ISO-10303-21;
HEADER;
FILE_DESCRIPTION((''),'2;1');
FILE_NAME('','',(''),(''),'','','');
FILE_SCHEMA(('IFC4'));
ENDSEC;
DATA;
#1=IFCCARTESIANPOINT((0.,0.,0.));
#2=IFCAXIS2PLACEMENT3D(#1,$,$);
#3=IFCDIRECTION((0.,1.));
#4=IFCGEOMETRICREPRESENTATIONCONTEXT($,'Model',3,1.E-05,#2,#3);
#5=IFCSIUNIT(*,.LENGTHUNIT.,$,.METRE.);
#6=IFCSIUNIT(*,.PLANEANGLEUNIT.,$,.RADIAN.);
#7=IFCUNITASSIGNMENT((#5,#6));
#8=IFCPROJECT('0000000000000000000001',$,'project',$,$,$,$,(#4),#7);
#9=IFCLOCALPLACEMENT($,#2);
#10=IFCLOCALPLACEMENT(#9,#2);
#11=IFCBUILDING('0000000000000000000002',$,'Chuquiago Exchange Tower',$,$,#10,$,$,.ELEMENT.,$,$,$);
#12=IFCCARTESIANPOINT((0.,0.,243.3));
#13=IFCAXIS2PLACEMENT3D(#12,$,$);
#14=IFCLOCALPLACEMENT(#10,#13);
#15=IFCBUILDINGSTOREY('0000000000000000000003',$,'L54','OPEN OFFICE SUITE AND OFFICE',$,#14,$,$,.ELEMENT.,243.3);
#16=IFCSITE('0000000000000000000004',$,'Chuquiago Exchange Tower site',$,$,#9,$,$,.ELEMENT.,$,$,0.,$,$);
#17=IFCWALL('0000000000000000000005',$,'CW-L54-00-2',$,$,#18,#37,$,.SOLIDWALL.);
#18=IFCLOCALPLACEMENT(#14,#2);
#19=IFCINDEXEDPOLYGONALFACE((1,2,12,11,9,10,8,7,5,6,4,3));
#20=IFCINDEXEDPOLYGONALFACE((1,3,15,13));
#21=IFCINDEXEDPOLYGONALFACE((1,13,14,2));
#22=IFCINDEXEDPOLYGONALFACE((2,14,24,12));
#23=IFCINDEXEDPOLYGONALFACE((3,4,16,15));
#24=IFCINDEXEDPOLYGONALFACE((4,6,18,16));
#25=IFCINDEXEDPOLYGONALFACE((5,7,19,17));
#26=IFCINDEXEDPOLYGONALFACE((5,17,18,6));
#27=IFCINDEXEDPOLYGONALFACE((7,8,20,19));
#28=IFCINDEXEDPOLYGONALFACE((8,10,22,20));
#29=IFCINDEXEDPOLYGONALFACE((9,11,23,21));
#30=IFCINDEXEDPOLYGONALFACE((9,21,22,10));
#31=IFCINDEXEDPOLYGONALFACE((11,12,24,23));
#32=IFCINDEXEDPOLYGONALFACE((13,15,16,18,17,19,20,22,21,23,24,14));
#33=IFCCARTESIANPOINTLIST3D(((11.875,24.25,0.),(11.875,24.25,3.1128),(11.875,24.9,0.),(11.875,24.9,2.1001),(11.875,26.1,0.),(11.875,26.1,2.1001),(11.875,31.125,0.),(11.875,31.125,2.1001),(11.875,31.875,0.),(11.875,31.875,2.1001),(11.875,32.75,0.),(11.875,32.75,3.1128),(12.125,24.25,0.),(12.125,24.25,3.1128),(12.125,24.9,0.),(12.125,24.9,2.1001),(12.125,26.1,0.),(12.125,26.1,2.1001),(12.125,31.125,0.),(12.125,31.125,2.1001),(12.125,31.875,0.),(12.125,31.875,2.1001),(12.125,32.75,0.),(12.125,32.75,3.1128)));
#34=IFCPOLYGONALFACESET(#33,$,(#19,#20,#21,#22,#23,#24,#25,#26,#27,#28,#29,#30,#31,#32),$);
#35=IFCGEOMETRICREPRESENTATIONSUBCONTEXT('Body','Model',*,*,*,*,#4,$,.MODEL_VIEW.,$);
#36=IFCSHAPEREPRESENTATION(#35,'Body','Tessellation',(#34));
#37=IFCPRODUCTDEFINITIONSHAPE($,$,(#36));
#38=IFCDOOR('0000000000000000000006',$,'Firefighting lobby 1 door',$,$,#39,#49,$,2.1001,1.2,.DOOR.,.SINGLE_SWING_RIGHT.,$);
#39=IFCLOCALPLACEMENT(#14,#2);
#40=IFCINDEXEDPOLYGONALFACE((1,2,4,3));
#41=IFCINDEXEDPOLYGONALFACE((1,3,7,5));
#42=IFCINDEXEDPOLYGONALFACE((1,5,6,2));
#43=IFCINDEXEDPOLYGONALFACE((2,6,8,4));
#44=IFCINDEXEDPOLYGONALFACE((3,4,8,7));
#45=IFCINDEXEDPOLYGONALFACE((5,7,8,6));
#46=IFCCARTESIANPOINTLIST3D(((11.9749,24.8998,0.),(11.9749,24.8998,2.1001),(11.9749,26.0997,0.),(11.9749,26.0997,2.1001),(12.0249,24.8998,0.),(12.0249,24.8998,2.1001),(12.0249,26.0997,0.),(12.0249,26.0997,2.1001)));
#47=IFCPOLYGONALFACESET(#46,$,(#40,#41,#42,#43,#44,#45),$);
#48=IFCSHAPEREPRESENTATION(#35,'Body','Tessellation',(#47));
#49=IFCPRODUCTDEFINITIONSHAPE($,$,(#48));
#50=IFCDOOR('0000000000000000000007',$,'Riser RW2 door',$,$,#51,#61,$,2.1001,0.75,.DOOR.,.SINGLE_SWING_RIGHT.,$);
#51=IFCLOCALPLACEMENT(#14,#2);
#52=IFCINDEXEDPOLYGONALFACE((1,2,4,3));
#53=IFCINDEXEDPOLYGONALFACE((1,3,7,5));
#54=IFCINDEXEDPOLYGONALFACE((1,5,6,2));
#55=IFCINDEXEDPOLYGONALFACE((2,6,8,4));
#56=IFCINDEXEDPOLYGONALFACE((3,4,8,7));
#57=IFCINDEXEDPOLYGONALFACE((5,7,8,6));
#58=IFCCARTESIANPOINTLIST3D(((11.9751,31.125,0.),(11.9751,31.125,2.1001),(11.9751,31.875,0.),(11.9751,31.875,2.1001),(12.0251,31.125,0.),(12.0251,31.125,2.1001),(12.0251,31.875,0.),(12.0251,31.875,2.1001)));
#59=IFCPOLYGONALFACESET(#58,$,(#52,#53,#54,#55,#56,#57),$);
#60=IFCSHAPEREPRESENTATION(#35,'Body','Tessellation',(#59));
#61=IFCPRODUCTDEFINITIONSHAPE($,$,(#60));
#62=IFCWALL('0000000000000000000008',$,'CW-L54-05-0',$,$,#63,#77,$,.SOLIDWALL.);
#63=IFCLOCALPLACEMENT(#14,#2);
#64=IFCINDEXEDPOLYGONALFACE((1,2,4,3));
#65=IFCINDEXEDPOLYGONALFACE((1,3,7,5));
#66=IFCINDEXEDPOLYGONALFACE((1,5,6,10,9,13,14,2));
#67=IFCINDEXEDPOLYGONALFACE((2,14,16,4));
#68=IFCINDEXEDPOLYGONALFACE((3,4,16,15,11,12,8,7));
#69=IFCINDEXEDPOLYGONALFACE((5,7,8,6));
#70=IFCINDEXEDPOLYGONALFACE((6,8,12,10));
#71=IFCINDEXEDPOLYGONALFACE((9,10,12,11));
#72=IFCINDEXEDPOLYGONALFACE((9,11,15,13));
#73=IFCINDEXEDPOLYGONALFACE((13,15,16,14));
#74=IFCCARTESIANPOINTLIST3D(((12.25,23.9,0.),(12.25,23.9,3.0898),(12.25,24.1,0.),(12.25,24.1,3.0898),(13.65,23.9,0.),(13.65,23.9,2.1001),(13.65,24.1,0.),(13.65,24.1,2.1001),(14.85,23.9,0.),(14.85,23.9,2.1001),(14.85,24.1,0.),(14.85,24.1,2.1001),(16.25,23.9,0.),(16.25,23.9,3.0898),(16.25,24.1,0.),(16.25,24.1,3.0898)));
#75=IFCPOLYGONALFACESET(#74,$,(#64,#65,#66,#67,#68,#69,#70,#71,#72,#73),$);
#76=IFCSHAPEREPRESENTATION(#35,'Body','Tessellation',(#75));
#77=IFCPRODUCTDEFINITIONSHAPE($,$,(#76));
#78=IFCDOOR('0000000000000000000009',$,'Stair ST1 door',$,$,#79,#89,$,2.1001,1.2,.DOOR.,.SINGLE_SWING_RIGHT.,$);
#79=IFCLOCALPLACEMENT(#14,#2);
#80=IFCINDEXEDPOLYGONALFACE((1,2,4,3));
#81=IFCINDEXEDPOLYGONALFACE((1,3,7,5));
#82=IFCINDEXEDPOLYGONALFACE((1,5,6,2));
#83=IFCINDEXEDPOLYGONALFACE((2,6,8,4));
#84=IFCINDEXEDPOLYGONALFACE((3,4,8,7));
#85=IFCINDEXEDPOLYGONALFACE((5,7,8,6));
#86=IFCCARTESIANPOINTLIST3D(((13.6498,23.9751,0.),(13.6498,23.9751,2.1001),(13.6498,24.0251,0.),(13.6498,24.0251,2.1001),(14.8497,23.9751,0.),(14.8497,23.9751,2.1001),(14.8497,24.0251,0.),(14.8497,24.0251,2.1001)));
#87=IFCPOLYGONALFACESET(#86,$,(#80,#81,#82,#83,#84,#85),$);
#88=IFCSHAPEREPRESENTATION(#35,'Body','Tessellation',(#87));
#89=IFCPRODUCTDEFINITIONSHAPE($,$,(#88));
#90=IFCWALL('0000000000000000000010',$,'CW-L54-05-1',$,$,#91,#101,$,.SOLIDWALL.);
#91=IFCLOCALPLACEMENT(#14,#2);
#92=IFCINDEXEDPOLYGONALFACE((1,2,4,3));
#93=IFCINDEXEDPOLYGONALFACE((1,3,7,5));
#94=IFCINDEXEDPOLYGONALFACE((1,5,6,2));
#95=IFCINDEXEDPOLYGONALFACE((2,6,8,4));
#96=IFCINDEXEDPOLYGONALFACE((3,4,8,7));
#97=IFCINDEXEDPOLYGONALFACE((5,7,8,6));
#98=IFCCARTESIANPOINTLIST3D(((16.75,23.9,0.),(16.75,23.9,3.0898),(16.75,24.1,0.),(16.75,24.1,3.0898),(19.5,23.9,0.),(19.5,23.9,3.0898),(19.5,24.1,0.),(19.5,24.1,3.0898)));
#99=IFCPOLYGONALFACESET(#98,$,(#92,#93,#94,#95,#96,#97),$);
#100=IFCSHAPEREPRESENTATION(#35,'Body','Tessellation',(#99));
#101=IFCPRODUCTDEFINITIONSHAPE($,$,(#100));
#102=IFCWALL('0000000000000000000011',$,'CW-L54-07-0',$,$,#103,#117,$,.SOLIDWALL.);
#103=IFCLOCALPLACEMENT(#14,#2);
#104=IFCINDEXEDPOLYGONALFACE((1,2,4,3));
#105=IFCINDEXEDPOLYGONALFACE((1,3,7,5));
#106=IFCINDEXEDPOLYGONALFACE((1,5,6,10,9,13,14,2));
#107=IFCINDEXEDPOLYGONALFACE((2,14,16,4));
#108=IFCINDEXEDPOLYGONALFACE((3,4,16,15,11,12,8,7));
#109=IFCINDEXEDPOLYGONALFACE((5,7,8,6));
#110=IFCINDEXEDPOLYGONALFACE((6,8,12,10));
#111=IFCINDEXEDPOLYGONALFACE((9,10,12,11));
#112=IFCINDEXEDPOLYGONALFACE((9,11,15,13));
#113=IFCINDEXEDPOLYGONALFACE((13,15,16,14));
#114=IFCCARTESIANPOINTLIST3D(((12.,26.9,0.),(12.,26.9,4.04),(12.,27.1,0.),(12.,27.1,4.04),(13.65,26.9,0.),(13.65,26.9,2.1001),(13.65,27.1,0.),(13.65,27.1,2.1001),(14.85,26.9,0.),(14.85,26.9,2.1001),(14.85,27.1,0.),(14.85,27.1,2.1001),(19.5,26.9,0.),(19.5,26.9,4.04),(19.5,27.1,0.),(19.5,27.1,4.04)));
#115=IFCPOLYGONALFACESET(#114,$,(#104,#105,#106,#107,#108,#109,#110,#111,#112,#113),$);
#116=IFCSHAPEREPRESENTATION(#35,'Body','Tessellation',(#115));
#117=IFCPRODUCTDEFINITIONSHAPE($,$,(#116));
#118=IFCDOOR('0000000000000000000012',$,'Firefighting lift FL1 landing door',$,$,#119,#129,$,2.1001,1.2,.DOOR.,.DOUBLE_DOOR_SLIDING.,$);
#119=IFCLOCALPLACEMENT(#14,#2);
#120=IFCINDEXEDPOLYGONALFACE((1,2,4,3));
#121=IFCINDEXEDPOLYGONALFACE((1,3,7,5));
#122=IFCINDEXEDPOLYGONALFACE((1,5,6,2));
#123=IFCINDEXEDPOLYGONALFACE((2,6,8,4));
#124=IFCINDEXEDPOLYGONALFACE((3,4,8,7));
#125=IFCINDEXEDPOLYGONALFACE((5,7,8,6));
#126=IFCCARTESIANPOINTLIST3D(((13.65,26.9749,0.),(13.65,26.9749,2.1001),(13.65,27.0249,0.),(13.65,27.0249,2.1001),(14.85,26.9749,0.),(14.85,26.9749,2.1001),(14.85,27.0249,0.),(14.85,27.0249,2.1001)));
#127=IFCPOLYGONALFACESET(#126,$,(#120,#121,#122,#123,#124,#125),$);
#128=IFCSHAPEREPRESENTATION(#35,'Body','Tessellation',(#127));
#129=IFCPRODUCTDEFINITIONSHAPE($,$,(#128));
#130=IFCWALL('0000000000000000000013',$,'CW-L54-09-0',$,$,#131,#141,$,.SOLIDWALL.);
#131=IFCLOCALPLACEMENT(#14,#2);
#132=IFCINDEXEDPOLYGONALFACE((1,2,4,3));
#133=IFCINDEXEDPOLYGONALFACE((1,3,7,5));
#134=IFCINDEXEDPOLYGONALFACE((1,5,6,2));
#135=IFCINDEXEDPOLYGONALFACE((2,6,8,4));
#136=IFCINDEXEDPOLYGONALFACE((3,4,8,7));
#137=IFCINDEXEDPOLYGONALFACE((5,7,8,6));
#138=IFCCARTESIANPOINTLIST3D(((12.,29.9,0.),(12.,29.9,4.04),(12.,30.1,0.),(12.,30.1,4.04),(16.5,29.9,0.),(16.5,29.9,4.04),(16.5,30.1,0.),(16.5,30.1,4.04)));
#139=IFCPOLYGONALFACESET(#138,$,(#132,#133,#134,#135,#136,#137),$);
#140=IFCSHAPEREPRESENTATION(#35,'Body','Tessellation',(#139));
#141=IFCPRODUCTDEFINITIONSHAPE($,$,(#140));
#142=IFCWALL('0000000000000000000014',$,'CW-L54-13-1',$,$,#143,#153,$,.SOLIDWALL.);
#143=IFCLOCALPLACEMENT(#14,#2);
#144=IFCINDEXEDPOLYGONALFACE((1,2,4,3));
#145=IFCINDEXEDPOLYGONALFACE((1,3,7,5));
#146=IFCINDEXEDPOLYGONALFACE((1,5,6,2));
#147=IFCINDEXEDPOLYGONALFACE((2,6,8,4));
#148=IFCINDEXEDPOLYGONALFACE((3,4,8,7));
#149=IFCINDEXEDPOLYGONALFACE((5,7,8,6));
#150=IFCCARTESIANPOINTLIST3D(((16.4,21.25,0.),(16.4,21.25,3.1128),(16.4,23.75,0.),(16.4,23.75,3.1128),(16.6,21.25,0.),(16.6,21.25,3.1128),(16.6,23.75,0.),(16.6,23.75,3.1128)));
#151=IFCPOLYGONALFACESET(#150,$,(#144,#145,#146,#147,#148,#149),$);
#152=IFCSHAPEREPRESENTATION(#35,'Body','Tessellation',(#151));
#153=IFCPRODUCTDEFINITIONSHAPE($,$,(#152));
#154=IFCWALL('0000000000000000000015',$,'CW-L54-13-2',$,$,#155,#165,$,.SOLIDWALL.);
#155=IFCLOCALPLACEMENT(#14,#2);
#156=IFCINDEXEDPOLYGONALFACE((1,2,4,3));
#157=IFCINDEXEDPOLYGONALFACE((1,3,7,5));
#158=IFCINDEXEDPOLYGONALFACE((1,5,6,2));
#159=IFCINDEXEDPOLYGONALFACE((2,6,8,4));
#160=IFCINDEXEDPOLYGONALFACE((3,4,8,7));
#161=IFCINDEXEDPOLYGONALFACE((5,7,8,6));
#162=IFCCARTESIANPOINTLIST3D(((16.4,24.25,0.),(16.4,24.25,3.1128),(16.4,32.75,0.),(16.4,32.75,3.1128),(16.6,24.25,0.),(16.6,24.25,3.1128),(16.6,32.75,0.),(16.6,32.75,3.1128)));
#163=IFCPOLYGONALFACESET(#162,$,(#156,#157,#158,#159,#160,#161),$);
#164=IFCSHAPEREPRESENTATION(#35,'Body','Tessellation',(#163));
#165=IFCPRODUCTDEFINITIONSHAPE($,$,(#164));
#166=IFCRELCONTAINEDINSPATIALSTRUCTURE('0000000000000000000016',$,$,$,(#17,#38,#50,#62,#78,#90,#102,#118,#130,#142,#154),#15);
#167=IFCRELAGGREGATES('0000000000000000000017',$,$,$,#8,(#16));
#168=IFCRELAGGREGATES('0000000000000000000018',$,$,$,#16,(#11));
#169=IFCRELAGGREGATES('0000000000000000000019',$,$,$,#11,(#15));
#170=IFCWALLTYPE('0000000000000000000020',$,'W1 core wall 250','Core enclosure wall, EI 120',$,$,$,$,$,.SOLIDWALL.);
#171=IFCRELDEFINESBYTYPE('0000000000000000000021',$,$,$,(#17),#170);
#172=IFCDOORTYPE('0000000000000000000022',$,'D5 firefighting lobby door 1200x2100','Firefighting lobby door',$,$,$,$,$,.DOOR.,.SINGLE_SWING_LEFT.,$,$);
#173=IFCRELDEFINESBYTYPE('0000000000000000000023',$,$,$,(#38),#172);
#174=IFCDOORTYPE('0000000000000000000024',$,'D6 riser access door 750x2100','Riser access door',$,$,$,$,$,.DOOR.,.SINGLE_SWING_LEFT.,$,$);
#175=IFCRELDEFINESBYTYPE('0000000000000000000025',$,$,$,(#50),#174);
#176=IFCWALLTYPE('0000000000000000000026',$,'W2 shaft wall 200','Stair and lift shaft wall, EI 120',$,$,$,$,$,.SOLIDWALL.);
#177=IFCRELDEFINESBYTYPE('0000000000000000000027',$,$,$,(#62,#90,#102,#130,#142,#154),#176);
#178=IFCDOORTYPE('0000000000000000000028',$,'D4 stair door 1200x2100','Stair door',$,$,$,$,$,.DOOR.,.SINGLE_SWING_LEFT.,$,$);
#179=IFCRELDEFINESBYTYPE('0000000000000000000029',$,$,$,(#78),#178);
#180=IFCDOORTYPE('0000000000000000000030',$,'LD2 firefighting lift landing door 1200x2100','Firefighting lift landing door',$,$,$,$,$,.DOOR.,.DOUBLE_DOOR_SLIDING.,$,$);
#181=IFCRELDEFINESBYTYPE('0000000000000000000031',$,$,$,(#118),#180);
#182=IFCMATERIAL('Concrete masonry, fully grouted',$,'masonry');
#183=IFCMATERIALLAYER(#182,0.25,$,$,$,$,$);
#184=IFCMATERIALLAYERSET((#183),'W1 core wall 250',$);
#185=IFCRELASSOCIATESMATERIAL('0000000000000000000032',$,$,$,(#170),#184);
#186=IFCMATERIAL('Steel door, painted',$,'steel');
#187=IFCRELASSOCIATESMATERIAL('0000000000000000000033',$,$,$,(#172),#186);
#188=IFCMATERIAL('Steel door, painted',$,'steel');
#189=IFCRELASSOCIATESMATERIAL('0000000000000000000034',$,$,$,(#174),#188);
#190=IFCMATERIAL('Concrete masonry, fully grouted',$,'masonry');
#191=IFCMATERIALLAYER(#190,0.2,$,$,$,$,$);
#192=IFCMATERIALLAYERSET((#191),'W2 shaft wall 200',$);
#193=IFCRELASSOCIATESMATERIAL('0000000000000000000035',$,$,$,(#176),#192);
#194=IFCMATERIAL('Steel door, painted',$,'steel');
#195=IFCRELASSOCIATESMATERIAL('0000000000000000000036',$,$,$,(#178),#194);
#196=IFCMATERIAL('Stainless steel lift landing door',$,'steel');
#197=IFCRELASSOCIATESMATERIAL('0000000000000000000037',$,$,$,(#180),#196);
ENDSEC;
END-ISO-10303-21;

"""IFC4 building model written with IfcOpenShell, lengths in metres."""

from ifc_helpers import new_model, si_unit, direction, frame, frame_2d, origin, place, context, subcontext, project, spatial, rectangle, extrude, material, layer, layer_set, type_object, element, fill, save


model = new_model("IFC4")

# Units and contexts
model_context = context("Model", 3, precision=1e-05, world=origin(), true_north=direction((0.0, 1.0)))
body_context = subcontext(model_context, "Body", "Model", "MODEL_VIEW")
ifc_project = project(units=[si_unit("LENGTHUNIT", "METRE"), si_unit("PLANEANGLEUNIT", "RADIAN")], contexts=[model_context])

# Site, building, storey
site_placement = place(None, origin())
site = spatial("IfcSite", under=ifc_project, at=site_placement, Name="Chuquiago Exchange Tower site", CompositionType="ELEMENT", RefElevation=0.0)
building_placement = place(site_placement, origin())
building = spatial("IfcBuilding", under=site, at=building_placement, Name="Chuquiago Exchange Tower", CompositionType="ELEMENT")
storey_placement = place(building_placement, frame((0.0, 0.0, 243.3)))
storey = spatial("IfcBuildingStorey", under=building, at=storey_placement, Name="L54", Description="OPEN OFFICE SUITE AND OFFICE", CompositionType="ELEMENT", Elevation=243.3)

# Shared definitions
ifc_material_1 = material(Name="Concrete masonry, fully grouted", Category="masonry")
ifc_layer_1 = layer(ifc_material_1, 0.25)
ifc_layer_set_1 = layer_set([ifc_layer_1], Name="W1 core wall 250")
wall_type_1 = type_object("IfcWallType", Name="W1 core wall 250", Description="Core enclosure wall, EI 120", PredefinedType="SOLIDWALL", material=ifc_layer_set_1)

# Wall, openings, doors
wall_1_placement = place(storey_placement, frame((12.0, 24.25, 0.0), z_axis=(0.0, 0.0, 1.0), x_axis=(0.0, 1.0, 0.0)))
wall_1 = element("IfcWall", 1, at=wall_1_placement, inside=storey, type_object=wall_type_1, Name="CW-L54-00-2", PredefinedType="SOLIDWALL", context=body_context, shape_type="SweptSolid", body=[
    extrude(rectangle(XDim=8.5, YDim=0.25, at=frame_2d((4.25, 0.0))), origin(), (0.0, 0.0, 1.0), 3.1128),
])
opening_1_placement = place(wall_1_placement, frame((0.6499, 0.0, 0.0)))
opening_1 = element("IfcOpeningElement", 2, at=opening_1_placement, cuts=wall_1, PredefinedType="OPENING", context=body_context, shape_type="SweptSolid", body=[
    extrude(rectangle(XDim=1.2, YDim=2.1001, at=frame_2d((0.6001, 1.05))), frame((0.0, 0.135, 0.0), z_axis=(0.0, -1.0, 0.0), x_axis=(1.0, 0.0, 0.0)), (0.0, 0.0, 1.0), 0.27),
])
opening_2_placement = place(wall_1_placement, frame((6.875, 0.0, 0.0)))
opening_2 = element("IfcOpeningElement", 3, at=opening_2_placement, cuts=wall_1, PredefinedType="OPENING", context=body_context, shape_type="SweptSolid", body=[
    extrude(rectangle(XDim=0.75, YDim=2.1001, at=frame_2d((0.375, 1.05))), frame((0.0, 0.135, 0.0), z_axis=(0.0, -1.0, 0.0), x_axis=(1.0, 0.0, 0.0)), (0.0, 0.0, 1.0), 0.27),
])
ifc_material_2 = material(Name="Steel door, painted", Category="steel")
door_type_1 = type_object("IfcDoorType", Name="D5 firefighting lobby door 1200x2100", Description="Firefighting lobby door", OperationType="SINGLE_SWING_LEFT", PredefinedType="DOOR", material=ifc_material_2)
door_1_placement = place(opening_1_placement, frame((1.2, 0.0, 0.0), z_axis=(0.0, 0.0, 1.0), x_axis=(-1.0, 0.0, 0.0)))
door_1 = element("IfcDoor", 4, at=door_1_placement, inside=storey, type_object=door_type_1, Name="Firefighting lobby 1 door", OperationType="SINGLE_SWING_RIGHT", OverallHeight=2.1001, OverallWidth=1.2, PredefinedType="DOOR", context=body_context, shape_type="SweptSolid", body=[
    extrude(rectangle(XDim=1.2, YDim=2.1001, at=frame_2d((0.6001, 1.05))), frame((0.0, 0.0249, 0.0), z_axis=(0.0, -1.0, 0.0), x_axis=(1.0, 0.0, 0.0)), (0.0, 0.0, 1.0), 0.05),
])
fill(opening_1, door_1)
ifc_material_3 = material(Name="Steel door, painted", Category="steel")
door_type_2 = type_object("IfcDoorType", Name="D6 riser access door 750x2100", Description="Riser access door", OperationType="SINGLE_SWING_LEFT", PredefinedType="DOOR", material=ifc_material_3)
door_2_placement = place(opening_2_placement, origin())
door_2 = element("IfcDoor", 5, at=door_2_placement, inside=storey, type_object=door_type_2, Name="Riser RW2 door", OperationType="SINGLE_SWING_RIGHT", OverallHeight=2.1001, OverallWidth=0.75, PredefinedType="DOOR", context=body_context, shape_type="SweptSolid", body=[
    extrude(rectangle(XDim=0.75, YDim=2.1001, at=frame_2d((0.375, 1.05))), frame((0.0, 0.0249, 0.0), z_axis=(0.0, -1.0, 0.0), x_axis=(1.0, 0.0, 0.0)), (0.0, 0.0, 1.0), 0.05),
])
fill(opening_2, door_2)

# Wall, opening, door
ifc_material_4 = material(Name="Concrete masonry, fully grouted", Category="masonry")
ifc_layer_2 = layer(ifc_material_4, 0.2)
ifc_layer_set_2 = layer_set([ifc_layer_2], Name="W2 shaft wall 200")
wall_type_2 = type_object("IfcWallType", Name="W2 shaft wall 200", Description="Stair and lift shaft wall, EI 120", PredefinedType="SOLIDWALL", material=ifc_layer_set_2)
wall_2_placement = place(storey_placement, frame((12.25, 24.0, 0.0), z_axis=(0.0, 0.0, 1.0), x_axis=(1.0, 0.0, 0.0)))
wall_2 = element("IfcWall", 6, at=wall_2_placement, inside=storey, type_object=wall_type_2, Name="CW-L54-05-0", PredefinedType="SOLIDWALL", context=body_context, shape_type="SweptSolid", body=[
    extrude(rectangle(XDim=4.0, YDim=0.2, at=frame_2d((2.0, 0.0))), origin(), (0.0, 0.0, 1.0), 3.0898),
])
opening_3_placement = place(wall_2_placement, frame((1.3999, 0.0, 0.0)))
opening_3 = element("IfcOpeningElement", 7, at=opening_3_placement, cuts=wall_2, PredefinedType="OPENING", context=body_context, shape_type="SweptSolid", body=[
    extrude(rectangle(XDim=1.2, YDim=2.1001, at=frame_2d((0.6001, 1.05))), frame((0.0, 0.1099, 0.0), z_axis=(0.0, -1.0, 0.0), x_axis=(1.0, 0.0, 0.0)), (0.0, 0.0, 1.0), 0.22),
])
ifc_material_5 = material(Name="Steel door, painted", Category="steel")
door_type_3 = type_object("IfcDoorType", Name="D4 stair door 1200x2100", Description="Stair door", OperationType="SINGLE_SWING_LEFT", PredefinedType="DOOR", material=ifc_material_5)
door_3_placement = place(opening_3_placement, frame((1.2, 0.0, 0.0), z_axis=(0.0, 0.0, 1.0), x_axis=(-1.0, 0.0, 0.0)))
door_3 = element("IfcDoor", 8, at=door_3_placement, inside=storey, type_object=door_type_3, Name="Stair ST1 door", OperationType="SINGLE_SWING_RIGHT", OverallHeight=2.1001, OverallWidth=1.2, PredefinedType="DOOR", context=body_context, shape_type="SweptSolid", body=[
    extrude(rectangle(XDim=1.2, YDim=2.1001, at=frame_2d((0.6001, 1.05))), frame((0.0, 0.0249, 0.0), z_axis=(0.0, -1.0, 0.0), x_axis=(1.0, 0.0, 0.0)), (0.0, 0.0, 1.0), 0.05),
])
fill(opening_3, door_3)

# Wall
wall_3_placement = place(storey_placement, frame((16.75, 24.0, 0.0), z_axis=(0.0, 0.0, 1.0), x_axis=(1.0, 0.0, 0.0)))
element("IfcWall", 9, at=wall_3_placement, inside=storey, type_object=wall_type_2, Name="CW-L54-05-1", PredefinedType="SOLIDWALL", context=body_context, shape_type="SweptSolid", body=[
    extrude(rectangle(XDim=2.75, YDim=0.2, at=frame_2d((1.375, 0.0))), origin(), (0.0, 0.0, 1.0), 3.0898),
])

# Wall, opening, door
wall_4_placement = place(storey_placement, frame((12.0, 27.0, 0.0), z_axis=(0.0, 0.0, 1.0), x_axis=(1.0, 0.0, 0.0)))
wall_4 = element("IfcWall", 10, at=wall_4_placement, inside=storey, type_object=wall_type_2, Name="CW-L54-07-0", PredefinedType="SOLIDWALL", context=body_context, shape_type="SweptSolid", body=[
    extrude(rectangle(XDim=7.5, YDim=0.2, at=frame_2d((3.75, 0.0))), origin(), (0.0, 0.0, 1.0), 4.04),
])
opening_4_placement = place(wall_4_placement, frame((1.6499, 0.0, 0.0)))
opening_4 = element("IfcOpeningElement", 11, at=opening_4_placement, cuts=wall_4, PredefinedType="OPENING", context=body_context, shape_type="SweptSolid", body=[
    extrude(rectangle(XDim=1.2, YDim=2.1001, at=frame_2d((0.6001, 1.05))), frame((0.0, 0.1099, 0.0), z_axis=(0.0, -1.0, 0.0), x_axis=(1.0, 0.0, 0.0)), (0.0, 0.0, 1.0), 0.22),
])
ifc_material_6 = material(Name="Stainless steel lift landing door", Category="steel")
door_type_4 = type_object("IfcDoorType", Name="LD2 firefighting lift landing door 1200x2100", Description="Firefighting lift landing door", OperationType="DOUBLE_DOOR_SLIDING", PredefinedType="DOOR", material=ifc_material_6)
door_4_placement = place(opening_4_placement, origin())
door_4 = element("IfcDoor", 12, at=door_4_placement, inside=storey, type_object=door_type_4, Name="Firefighting lift FL1 landing door", OperationType="DOUBLE_DOOR_SLIDING", OverallHeight=2.1001, OverallWidth=1.2, PredefinedType="DOOR", context=body_context, shape_type="SweptSolid", body=[
    extrude(rectangle(XDim=1.2, YDim=2.1001, at=frame_2d((0.6001, 1.05))), frame((0.0, 0.0249, 0.0), z_axis=(0.0, -1.0, 0.0), x_axis=(1.0, 0.0, 0.0)), (0.0, 0.0, 1.0), 0.05),
])
fill(opening_4, door_4)

# Walls
wall_5_placement = place(storey_placement, frame((12.0, 30.0, 0.0), z_axis=(0.0, 0.0, 1.0), x_axis=(1.0, 0.0, 0.0)))
element("IfcWall", 13, at=wall_5_placement, inside=storey, type_object=wall_type_2, Name="CW-L54-09-0", PredefinedType="SOLIDWALL", context=body_context, shape_type="SweptSolid", body=[
    extrude(rectangle(XDim=4.5, YDim=0.2, at=frame_2d((2.25, 0.0))), origin(), (0.0, 0.0, 1.0), 4.04),
])
wall_6_placement = place(storey_placement, frame((16.5, 21.25, 0.0), z_axis=(0.0, 0.0, 1.0), x_axis=(0.0, 1.0, 0.0)))
element("IfcWall", 14, at=wall_6_placement, inside=storey, type_object=wall_type_2, Name="CW-L54-13-1", PredefinedType="SOLIDWALL", context=body_context, shape_type="SweptSolid", body=[
    extrude(rectangle(XDim=2.5, YDim=0.2, at=frame_2d((1.25, 0.0))), origin(), (0.0, 0.0, 1.0), 3.1128),
])
wall_7_placement = place(storey_placement, frame((16.5, 24.25, 0.0), z_axis=(0.0, 0.0, 1.0), x_axis=(0.0, 1.0, 0.0)))
element("IfcWall", 15, at=wall_7_placement, inside=storey, type_object=wall_type_2, Name="CW-L54-13-2", PredefinedType="SOLIDWALL", context=body_context, shape_type="SweptSolid", body=[
    extrude(rectangle(XDim=8.5, YDim=0.2, at=frame_2d((4.25, 0.0))), origin(), (0.0, 0.0, 1.0), 3.1128),
])

save(model, "model.ifc")
